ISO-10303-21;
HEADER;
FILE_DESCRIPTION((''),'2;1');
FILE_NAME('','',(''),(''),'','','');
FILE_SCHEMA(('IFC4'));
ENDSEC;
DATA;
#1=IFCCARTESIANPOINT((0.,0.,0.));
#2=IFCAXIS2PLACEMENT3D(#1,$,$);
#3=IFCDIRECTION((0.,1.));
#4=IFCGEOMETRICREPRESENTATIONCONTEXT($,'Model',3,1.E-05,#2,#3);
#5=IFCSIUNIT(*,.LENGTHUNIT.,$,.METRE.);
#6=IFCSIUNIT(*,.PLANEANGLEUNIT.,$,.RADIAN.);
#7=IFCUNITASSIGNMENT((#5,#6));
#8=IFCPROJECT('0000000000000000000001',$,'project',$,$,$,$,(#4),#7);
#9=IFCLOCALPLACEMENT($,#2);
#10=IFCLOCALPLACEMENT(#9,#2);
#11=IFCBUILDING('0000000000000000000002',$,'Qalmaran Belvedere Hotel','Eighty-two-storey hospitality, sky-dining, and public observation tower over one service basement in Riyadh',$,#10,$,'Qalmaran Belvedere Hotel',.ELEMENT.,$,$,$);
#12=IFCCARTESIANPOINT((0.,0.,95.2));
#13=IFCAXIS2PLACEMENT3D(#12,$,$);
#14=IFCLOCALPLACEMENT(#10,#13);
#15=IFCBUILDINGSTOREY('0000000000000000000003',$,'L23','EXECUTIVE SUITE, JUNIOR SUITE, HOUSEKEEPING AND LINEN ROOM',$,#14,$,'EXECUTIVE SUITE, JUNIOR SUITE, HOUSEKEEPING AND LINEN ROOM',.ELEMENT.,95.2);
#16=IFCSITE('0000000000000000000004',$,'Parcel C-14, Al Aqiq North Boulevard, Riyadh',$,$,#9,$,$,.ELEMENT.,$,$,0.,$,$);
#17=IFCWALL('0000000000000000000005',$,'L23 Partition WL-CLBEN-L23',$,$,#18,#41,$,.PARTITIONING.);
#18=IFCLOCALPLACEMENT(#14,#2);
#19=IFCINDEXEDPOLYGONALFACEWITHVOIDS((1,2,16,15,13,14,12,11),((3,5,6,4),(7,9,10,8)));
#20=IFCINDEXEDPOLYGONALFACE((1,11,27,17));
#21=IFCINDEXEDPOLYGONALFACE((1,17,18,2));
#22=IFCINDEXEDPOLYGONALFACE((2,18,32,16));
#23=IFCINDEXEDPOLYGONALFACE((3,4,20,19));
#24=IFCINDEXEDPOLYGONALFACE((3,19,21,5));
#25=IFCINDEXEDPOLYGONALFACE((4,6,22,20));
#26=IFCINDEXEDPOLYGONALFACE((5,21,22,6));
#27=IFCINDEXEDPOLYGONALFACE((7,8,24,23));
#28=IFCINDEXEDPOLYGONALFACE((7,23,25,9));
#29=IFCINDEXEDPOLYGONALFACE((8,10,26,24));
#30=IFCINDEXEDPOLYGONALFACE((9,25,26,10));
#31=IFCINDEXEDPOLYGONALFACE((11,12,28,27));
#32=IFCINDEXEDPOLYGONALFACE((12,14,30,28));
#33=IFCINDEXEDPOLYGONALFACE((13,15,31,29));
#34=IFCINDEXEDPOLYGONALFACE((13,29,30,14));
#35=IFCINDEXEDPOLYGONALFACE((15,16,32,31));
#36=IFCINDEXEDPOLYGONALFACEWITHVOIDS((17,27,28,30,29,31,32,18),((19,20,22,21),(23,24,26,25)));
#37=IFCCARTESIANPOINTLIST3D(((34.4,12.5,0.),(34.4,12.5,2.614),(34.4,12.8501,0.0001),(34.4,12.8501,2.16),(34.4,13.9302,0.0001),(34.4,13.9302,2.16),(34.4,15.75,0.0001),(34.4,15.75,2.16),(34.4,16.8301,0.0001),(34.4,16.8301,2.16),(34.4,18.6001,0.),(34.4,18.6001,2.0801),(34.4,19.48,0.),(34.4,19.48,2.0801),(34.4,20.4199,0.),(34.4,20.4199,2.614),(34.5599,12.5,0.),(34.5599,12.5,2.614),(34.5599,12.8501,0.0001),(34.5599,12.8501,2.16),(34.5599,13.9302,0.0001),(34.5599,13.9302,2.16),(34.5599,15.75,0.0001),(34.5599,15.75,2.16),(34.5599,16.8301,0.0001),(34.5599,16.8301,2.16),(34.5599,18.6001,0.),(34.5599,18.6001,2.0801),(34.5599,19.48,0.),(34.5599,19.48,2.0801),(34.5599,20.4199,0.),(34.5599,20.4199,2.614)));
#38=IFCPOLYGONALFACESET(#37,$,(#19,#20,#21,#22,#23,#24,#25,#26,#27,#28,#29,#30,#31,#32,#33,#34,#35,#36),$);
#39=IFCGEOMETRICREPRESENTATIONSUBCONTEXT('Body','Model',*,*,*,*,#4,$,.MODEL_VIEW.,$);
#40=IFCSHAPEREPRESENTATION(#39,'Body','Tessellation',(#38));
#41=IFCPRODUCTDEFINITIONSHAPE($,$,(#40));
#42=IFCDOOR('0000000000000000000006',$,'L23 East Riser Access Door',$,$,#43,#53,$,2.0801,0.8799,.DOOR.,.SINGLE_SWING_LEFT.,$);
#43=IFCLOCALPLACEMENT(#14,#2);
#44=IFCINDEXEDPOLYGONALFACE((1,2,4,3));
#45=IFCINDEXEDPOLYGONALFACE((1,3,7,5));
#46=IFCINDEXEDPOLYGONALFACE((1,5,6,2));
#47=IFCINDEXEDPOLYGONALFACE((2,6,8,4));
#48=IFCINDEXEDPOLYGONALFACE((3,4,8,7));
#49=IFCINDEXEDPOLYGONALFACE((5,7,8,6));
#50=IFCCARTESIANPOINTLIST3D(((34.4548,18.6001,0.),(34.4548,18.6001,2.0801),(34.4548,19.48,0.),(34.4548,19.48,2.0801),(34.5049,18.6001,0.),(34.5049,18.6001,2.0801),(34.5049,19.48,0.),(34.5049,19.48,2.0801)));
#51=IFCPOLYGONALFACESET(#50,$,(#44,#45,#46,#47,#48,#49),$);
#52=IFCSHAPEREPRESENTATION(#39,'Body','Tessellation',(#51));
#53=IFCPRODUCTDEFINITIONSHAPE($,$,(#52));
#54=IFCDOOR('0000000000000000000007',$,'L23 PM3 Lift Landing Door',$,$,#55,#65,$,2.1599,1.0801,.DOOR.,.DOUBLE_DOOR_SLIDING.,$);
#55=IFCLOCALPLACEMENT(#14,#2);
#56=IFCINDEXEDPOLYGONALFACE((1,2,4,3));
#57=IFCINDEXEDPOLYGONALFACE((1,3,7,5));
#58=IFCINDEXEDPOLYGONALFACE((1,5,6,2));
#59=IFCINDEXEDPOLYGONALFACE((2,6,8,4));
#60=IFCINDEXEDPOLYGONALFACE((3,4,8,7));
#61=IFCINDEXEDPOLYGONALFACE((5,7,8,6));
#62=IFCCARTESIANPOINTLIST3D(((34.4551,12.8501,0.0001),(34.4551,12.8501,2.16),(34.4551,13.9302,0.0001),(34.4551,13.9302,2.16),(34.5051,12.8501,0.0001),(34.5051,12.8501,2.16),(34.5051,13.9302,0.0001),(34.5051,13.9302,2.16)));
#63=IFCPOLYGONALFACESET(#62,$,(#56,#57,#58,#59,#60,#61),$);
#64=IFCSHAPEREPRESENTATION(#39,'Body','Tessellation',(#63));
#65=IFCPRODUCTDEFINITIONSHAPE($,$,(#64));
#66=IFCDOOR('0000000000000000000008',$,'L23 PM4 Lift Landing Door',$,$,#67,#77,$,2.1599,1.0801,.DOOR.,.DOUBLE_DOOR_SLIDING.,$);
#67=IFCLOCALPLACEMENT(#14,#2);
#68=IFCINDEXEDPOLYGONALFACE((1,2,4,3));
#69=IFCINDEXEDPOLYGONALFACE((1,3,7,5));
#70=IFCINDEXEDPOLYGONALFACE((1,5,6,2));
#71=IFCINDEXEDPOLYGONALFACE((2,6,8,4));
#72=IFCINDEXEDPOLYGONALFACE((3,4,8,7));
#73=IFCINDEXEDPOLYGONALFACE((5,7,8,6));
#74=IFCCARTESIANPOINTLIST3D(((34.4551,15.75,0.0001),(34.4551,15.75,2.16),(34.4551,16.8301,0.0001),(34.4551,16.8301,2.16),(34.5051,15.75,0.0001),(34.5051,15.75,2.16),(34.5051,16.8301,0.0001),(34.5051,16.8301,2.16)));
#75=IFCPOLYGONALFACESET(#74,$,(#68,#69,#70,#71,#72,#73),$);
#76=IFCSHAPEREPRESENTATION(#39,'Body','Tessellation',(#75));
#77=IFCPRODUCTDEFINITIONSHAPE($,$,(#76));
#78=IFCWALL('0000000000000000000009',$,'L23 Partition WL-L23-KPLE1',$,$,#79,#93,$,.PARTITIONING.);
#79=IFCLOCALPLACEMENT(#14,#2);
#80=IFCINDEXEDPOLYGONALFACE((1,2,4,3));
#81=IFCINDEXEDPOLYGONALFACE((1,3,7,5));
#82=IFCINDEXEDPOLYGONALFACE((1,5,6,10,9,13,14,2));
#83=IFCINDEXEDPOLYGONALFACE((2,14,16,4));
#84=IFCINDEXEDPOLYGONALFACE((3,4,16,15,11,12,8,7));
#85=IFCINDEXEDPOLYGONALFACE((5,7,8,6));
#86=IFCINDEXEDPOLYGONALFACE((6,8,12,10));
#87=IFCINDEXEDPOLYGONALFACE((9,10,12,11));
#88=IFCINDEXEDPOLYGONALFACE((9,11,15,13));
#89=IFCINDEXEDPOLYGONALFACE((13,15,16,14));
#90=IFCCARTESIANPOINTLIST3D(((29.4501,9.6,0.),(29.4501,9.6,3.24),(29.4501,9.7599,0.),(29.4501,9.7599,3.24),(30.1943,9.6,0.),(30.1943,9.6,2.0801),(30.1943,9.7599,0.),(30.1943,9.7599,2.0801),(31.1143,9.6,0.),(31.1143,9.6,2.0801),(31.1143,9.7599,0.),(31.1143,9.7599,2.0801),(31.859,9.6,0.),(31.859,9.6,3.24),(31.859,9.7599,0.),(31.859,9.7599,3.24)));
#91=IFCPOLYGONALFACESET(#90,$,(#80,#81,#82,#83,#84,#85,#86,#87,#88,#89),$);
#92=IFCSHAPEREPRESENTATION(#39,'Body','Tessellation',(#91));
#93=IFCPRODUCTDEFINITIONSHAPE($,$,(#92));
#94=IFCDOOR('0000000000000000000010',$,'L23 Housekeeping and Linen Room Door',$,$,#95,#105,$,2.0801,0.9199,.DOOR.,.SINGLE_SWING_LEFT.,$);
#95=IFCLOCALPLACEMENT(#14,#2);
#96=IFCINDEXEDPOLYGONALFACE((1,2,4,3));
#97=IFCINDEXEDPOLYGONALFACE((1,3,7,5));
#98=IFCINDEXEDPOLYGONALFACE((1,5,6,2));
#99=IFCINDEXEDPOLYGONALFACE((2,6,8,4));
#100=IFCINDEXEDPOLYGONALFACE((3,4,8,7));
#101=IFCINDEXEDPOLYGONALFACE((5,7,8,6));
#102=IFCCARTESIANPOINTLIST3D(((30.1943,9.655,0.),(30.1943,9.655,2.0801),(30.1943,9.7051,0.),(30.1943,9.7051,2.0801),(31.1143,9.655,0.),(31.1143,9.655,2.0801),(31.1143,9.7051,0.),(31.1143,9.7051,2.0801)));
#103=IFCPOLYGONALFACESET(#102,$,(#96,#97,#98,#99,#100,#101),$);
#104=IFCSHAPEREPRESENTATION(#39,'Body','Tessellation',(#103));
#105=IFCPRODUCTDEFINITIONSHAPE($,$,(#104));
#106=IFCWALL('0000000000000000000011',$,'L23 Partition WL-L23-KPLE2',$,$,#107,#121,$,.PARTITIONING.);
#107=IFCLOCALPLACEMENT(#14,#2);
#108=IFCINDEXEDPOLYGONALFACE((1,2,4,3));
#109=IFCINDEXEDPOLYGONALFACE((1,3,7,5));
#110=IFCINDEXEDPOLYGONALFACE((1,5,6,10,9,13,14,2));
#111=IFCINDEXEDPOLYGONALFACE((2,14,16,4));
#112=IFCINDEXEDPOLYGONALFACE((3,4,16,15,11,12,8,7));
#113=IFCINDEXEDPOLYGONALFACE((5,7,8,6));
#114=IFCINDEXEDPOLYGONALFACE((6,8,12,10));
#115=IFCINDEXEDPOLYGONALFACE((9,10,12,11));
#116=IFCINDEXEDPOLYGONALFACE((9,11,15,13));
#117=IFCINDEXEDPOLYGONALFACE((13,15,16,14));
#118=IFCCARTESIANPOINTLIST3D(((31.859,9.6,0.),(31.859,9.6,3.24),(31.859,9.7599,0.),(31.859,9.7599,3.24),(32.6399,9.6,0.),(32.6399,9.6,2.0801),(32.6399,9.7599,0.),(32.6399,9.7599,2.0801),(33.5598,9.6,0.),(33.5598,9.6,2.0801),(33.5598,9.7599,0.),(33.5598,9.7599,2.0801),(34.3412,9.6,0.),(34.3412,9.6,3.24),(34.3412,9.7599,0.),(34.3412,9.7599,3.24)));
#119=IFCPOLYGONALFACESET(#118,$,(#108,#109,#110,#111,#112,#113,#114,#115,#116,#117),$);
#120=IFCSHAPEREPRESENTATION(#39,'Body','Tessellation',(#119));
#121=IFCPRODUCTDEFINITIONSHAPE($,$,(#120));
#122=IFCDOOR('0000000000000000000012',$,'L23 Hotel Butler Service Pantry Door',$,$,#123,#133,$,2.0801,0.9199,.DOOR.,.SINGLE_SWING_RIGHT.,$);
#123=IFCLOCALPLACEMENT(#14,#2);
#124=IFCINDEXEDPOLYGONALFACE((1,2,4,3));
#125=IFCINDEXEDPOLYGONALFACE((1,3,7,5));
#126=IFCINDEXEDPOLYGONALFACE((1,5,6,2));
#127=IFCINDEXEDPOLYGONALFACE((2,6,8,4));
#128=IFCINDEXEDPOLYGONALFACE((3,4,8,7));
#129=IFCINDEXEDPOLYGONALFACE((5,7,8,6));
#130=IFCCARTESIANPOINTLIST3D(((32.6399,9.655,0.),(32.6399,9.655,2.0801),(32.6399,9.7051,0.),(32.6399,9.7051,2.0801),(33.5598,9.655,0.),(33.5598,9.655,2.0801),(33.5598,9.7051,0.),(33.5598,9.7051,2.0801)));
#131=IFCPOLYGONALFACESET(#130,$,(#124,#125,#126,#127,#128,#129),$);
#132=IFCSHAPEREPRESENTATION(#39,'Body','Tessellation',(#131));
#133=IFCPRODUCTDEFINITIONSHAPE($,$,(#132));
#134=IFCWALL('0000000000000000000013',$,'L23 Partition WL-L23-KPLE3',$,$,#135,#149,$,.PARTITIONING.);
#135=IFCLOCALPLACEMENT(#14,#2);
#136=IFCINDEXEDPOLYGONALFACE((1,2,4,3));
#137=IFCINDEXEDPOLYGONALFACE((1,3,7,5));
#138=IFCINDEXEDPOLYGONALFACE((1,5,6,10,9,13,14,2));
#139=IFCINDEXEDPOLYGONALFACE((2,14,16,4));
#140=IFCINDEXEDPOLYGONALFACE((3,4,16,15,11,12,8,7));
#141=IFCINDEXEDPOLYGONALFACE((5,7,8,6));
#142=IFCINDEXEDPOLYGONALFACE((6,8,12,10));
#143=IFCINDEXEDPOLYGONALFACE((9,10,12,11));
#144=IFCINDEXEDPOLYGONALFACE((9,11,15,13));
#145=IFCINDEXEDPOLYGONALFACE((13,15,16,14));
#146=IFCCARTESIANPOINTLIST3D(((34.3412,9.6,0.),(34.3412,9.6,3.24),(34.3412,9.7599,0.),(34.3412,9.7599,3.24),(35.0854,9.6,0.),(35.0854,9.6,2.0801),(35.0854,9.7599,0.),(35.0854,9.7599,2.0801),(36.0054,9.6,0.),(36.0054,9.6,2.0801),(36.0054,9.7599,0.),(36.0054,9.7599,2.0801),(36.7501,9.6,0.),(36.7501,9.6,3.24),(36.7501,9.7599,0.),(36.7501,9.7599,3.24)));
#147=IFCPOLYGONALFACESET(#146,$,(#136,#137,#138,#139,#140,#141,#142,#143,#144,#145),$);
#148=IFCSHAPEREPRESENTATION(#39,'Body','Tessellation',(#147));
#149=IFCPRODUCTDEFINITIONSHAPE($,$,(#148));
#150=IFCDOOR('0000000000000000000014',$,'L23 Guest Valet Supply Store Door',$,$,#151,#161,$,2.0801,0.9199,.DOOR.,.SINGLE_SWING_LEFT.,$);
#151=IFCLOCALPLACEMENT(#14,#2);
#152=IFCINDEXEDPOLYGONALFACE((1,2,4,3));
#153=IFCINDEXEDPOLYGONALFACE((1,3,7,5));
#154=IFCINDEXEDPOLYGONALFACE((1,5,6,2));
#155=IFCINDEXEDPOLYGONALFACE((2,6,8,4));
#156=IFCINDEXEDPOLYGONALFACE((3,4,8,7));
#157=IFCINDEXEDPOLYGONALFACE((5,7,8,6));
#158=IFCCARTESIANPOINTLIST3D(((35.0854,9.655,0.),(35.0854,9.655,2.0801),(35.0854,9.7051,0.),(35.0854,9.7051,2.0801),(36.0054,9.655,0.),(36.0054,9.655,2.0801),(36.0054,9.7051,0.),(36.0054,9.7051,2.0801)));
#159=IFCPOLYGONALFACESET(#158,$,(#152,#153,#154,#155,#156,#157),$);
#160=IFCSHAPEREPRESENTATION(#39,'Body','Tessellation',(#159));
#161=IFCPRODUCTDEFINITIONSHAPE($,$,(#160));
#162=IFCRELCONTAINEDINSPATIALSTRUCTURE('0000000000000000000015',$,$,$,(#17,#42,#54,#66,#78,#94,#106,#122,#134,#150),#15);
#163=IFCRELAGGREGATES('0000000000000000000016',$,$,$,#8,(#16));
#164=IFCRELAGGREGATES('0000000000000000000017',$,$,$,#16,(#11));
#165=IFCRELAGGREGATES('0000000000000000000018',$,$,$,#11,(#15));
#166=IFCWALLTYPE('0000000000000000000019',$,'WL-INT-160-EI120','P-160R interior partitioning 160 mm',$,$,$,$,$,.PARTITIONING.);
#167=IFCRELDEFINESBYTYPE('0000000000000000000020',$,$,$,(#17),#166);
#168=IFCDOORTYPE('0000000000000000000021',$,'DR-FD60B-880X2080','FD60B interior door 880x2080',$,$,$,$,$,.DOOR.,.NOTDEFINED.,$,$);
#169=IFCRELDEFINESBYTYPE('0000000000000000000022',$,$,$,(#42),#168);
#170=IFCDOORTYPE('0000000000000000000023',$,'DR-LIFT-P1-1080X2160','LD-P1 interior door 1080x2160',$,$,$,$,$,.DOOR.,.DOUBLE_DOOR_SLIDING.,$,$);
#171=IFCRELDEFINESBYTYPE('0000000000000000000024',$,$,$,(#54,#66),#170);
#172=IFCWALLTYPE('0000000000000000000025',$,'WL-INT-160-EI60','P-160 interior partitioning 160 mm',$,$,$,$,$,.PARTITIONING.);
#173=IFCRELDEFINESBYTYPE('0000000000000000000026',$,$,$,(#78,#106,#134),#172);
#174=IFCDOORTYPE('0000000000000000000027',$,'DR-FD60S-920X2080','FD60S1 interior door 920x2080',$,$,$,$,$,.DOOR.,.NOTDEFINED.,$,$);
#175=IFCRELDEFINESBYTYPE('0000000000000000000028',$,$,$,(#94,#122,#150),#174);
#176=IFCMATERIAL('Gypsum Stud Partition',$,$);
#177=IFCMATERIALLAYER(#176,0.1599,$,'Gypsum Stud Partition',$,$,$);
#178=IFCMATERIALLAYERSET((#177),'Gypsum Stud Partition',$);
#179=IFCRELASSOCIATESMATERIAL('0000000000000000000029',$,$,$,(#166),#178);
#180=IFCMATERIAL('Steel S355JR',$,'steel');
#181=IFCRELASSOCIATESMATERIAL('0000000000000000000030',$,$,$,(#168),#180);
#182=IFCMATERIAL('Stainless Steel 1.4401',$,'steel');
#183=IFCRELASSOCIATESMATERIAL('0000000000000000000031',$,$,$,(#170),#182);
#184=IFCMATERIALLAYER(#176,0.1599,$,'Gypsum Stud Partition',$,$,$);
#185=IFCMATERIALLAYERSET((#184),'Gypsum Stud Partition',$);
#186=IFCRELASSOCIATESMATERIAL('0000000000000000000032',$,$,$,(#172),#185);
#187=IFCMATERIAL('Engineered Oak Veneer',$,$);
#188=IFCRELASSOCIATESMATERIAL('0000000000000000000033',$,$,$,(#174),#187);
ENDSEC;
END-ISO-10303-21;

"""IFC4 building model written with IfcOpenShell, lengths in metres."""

from ifc_helpers import new_model, si_unit, direction, frame, frame_2d, origin, place, context, subcontext, project, spatial, rectangle, extrude, material, layer, layer_set, type_object, element, fill, save


model = new_model("IFC4")

# Units and contexts
model_context = context("Model", 3, precision=1e-05, world=origin(), true_north=direction((0.0, 1.0)))
body_context = subcontext(model_context, "Body", "Model", "MODEL_VIEW")
ifc_project = project(units=[si_unit("LENGTHUNIT", "METRE"), si_unit("PLANEANGLEUNIT", "RADIAN")], contexts=[model_context])

# Site, building, storey
site_placement = place(None, origin())
site = spatial("IfcSite", under=ifc_project, at=site_placement, Name="Parcel C-14, Al Aqiq North Boulevard, Riyadh", CompositionType="ELEMENT", RefElevation=0.0)
building_placement = place(site_placement, origin())
building = spatial("IfcBuilding", under=site, at=building_placement, Name="Qalmaran Belvedere Hotel", Description="Eighty-two-storey hospitality, sky-dining, and public observation tower over one service basement in Riyadh", LongName="Qalmaran Belvedere Hotel", CompositionType="ELEMENT")
storey_placement = place(building_placement, frame((0.0, 0.0, 95.2)))
storey = spatial("IfcBuildingStorey", under=building, at=storey_placement, Name="L23", Description="EXECUTIVE SUITE, JUNIOR SUITE, HOUSEKEEPING AND LINEN ROOM", LongName="EXECUTIVE SUITE, JUNIOR SUITE, HOUSEKEEPING AND LINEN ROOM", CompositionType="ELEMENT", Elevation=95.2)

# Shared definitions
ifc_material_1 = material(Name="Steel S355JR", Category="steel")

# Shared definitions
ifc_material_2 = material(Name="Gypsum Stud Partition")

# Wall, openings, doors
ifc_layer_1 = layer(ifc_material_2, 0.1599, Name="Gypsum Stud Partition")
ifc_layer_set_1 = layer_set([ifc_layer_1], Name="Gypsum Stud Partition")
wall_type_1 = type_object("IfcWallType", Name="WL-INT-160-EI120", Description="P-160R interior partitioning 160 mm", PredefinedType="PARTITIONING", material=ifc_layer_set_1)
door_type_1 = type_object("IfcDoorType", Name="DR-FD60B-880X2080", Description="FD60B interior door 880x2080", OperationType="NOTDEFINED", PredefinedType="DOOR", material=ifc_material_1)
ifc_material_3 = material(Name="Stainless Steel 1.4401", Category="steel")
door_type_2 = type_object("IfcDoorType", Name="DR-LIFT-P1-1080X2160", Description="LD-P1 interior door 1080x2160", OperationType="DOUBLE_DOOR_SLIDING", PredefinedType="DOOR", material=ifc_material_3)
wall_1_placement = place(storey_placement, frame((34.48, 12.5, 0.0), z_axis=(0.0, 0.0, 1.0), x_axis=(0.0, 1.0, 0.0)))
wall_1 = element("IfcWall", 1, at=wall_1_placement, inside=storey, type_object=wall_type_1, Name="L23 Partition WL-CLBEN-L23", PredefinedType="PARTITIONING", context=body_context, shape_type="SweptSolid", body=[
    extrude(rectangle(XDim=7.9199, YDim=0.1599, at=frame_2d((3.96, 0.0))), origin(), (0.0, 0.0, 1.0), 2.614),
])
opening_1_placement = place(wall_1_placement, frame((0.3501, 0.0, 0.0)))
opening_1 = element("IfcOpeningElement", 2, at=opening_1_placement, cuts=wall_1, PredefinedType="OPENING", context=body_context, shape_type="SweptSolid", body=[
    extrude(rectangle(XDim=1.0801, YDim=2.1599, at=frame_2d((0.54, 1.0801))), frame((0.0, 0.0898, 0.0), z_axis=(0.0, -1.0, 0.0), x_axis=(1.0, 0.0, 0.0)), (0.0, 0.0, 1.0), 0.1799),
])
opening_2_placement = place(wall_1_placement, frame((3.25, 0.0, 0.0)))
opening_2 = element("IfcOpeningElement", 3, at=opening_2_placement, cuts=wall_1, PredefinedType="OPENING", context=body_context, shape_type="SweptSolid", body=[
    extrude(rectangle(XDim=1.0801, YDim=2.1599, at=frame_2d((0.54, 1.0801))), frame((0.0, 0.0898, 0.0), z_axis=(0.0, -1.0, 0.0), x_axis=(1.0, 0.0, 0.0)), (0.0, 0.0, 1.0), 0.1799),
])
opening_3_placement = place(wall_1_placement, frame((6.98, 0.0, 0.0), z_axis=(0.0, 0.0, 1.0), x_axis=(-1.0, 0.0, 0.0)))
opening_3 = element("IfcOpeningElement", 4, at=opening_3_placement, cuts=wall_1, PredefinedType="OPENING", context=body_context, shape_type="SweptSolid", body=[
    extrude(rectangle(XDim=0.8799, YDim=2.0801, at=frame_2d((0.4399, 1.04))), frame((0.0, 0.0898, 0.0), z_axis=(0.0, -1.0, 0.0), x_axis=(1.0, 0.0, 0.0)), (0.0, 0.0, 1.0), 0.1799),
])
door_1_placement = place(opening_3_placement, origin())
door_1 = element("IfcDoor", 5, at=door_1_placement, inside=storey, type_object=door_type_1, Name="L23 East Riser Access Door", OperationType="SINGLE_SWING_LEFT", OverallHeight=2.0801, OverallWidth=0.8799, PredefinedType="DOOR", context=body_context, shape_type="SweptSolid", body=[
    extrude(rectangle(XDim=0.8799, YDim=2.0801, at=frame_2d((0.4399, 1.04))), frame((0.0, 0.0249, 0.0), z_axis=(0.0, -1.0, 0.0), x_axis=(1.0, 0.0, 0.0)), (0.0, 0.0, 1.0), 0.05),
])
fill(opening_3, door_1)
door_2_placement = place(opening_1_placement, origin())
door_2 = element("IfcDoor", 6, at=door_2_placement, inside=storey, type_object=door_type_2, Name="L23 PM3 Lift Landing Door", OperationType="DOUBLE_DOOR_SLIDING", OverallHeight=2.1599, OverallWidth=1.0801, PredefinedType="DOOR", context=body_context, shape_type="SweptSolid", body=[
    extrude(rectangle(XDim=1.0801, YDim=2.1599, at=frame_2d((0.54, 1.0801))), frame((0.0, 0.0249, 0.0), z_axis=(0.0, -1.0, 0.0), x_axis=(1.0, 0.0, 0.0)), (0.0, 0.0, 1.0), 0.05),
])
fill(opening_1, door_2)
door_3_placement = place(opening_2_placement, origin())
door_3 = element("IfcDoor", 7, at=door_3_placement, inside=storey, type_object=door_type_2, Name="L23 PM4 Lift Landing Door", OperationType="DOUBLE_DOOR_SLIDING", OverallHeight=2.1599, OverallWidth=1.0801, PredefinedType="DOOR", context=body_context, shape_type="SweptSolid", body=[
    extrude(rectangle(XDim=1.0801, YDim=2.1599, at=frame_2d((0.54, 1.0801))), frame((0.0, 0.0249, 0.0), z_axis=(0.0, -1.0, 0.0), x_axis=(1.0, 0.0, 0.0)), (0.0, 0.0, 1.0), 0.05),
])
fill(opening_2, door_3)

# Walls, openings, doors
ifc_layer_2 = layer(ifc_material_2, 0.1599, Name="Gypsum Stud Partition")
ifc_layer_set_2 = layer_set([ifc_layer_2], Name="Gypsum Stud Partition")
wall_type_2 = type_object("IfcWallType", Name="WL-INT-160-EI60", Description="P-160 interior partitioning 160 mm", PredefinedType="PARTITIONING", material=ifc_layer_set_2)
wall_2_placement = place(storey_placement, frame((29.45, 9.6799, 0.0), z_axis=(0.0, 0.0, 1.0), x_axis=(1.0, 0.0, 0.0)))
wall_2 = element("IfcWall", 8, at=wall_2_placement, inside=storey, type_object=wall_type_2, Name="L23 Partition WL-L23-KPLE1", PredefinedType="PARTITIONING", context=body_context, shape_type="SweptSolid", body=[
    extrude(rectangle(XDim=2.4089, YDim=0.1599, at=frame_2d((1.2046, 0.0))), origin(), (0.0, 0.0, 1.0), 3.24),
])
opening_4_placement = place(wall_2_placement, frame((1.6643, 0.0, 0.0), z_axis=(0.0, 0.0, 1.0), x_axis=(-1.0, 0.0, 0.0)))
opening_4 = element("IfcOpeningElement", 9, at=opening_4_placement, cuts=wall_2, PredefinedType="OPENING", context=body_context, shape_type="SweptSolid", body=[
    extrude(rectangle(XDim=0.9199, YDim=2.0801, at=frame_2d((0.46, 1.04))), frame((0.0, 0.0898, 0.0), z_axis=(0.0, -1.0, 0.0), x_axis=(1.0, 0.0, 0.0)), (0.0, 0.0, 1.0), 0.1799),
])
ifc_material_4 = material(Name="Engineered Oak Veneer")
door_type_3 = type_object("IfcDoorType", Name="DR-FD60S-920X2080", Description="FD60S1 interior door 920x2080", OperationType="NOTDEFINED", PredefinedType="DOOR", material=ifc_material_4)
door_4_placement = place(opening_4_placement, origin())
door_4 = element("IfcDoor", 10, at=door_4_placement, inside=storey, type_object=door_type_3, Name="L23 Housekeeping and Linen Room Door", OperationType="SINGLE_SWING_LEFT", OverallHeight=2.0801, OverallWidth=0.9199, PredefinedType="DOOR", context=body_context, shape_type="SweptSolid", body=[
    extrude(rectangle(XDim=0.9199, YDim=2.0801, at=frame_2d((0.46, 1.04))), frame((0.0, 0.0249, 0.0), z_axis=(0.0, -1.0, 0.0), x_axis=(1.0, 0.0, 0.0)), (0.0, 0.0, 1.0), 0.05),
])
fill(opening_4, door_4)
wall_3_placement = place(storey_placement, frame((31.8589, 9.6799, 0.0), z_axis=(0.0, 0.0, 1.0), x_axis=(1.0, 0.0, 0.0)))
wall_3 = element("IfcWall", 11, at=wall_3_placement, inside=storey, type_object=wall_type_2, Name="L23 Partition WL-L23-KPLE2", PredefinedType="PARTITIONING", context=body_context, shape_type="SweptSolid", body=[
    extrude(rectangle(XDim=2.4822, YDim=0.1599, at=frame_2d((1.2412, 0.0))), origin(), (0.0, 0.0, 1.0), 3.24),
])
opening_5_placement = place(wall_3_placement, frame((1.7009, 0.0, 0.0), z_axis=(0.0, 0.0, 1.0), x_axis=(-1.0, 0.0, 0.0)))
opening_5 = element("IfcOpeningElement", 12, at=opening_5_placement, cuts=wall_3, PredefinedType="OPENING", context=body_context, shape_type="SweptSolid", body=[
    extrude(rectangle(XDim=0.9199, YDim=2.0801, at=frame_2d((0.46, 1.04))), frame((0.0, 0.0898, 0.0), z_axis=(0.0, -1.0, 0.0), x_axis=(1.0, 0.0, 0.0)), (0.0, 0.0, 1.0), 0.1799),
])
door_5_placement = place(opening_5_placement, origin())
door_5 = element("IfcDoor", 13, at=door_5_placement, inside=storey, type_object=door_type_3, Name="L23 Hotel Butler Service Pantry Door", OperationType="SINGLE_SWING_RIGHT", OverallHeight=2.0801, OverallWidth=0.9199, PredefinedType="DOOR", context=body_context, shape_type="SweptSolid", body=[
    extrude(rectangle(XDim=0.9199, YDim=2.0801, at=frame_2d((0.46, 1.04))), frame((0.0, 0.0249, 0.0), z_axis=(0.0, -1.0, 0.0), x_axis=(1.0, 0.0, 0.0)), (0.0, 0.0, 1.0), 0.05),
])
fill(opening_5, door_5)
wall_4_placement = place(storey_placement, frame((34.3411, 9.6799, 0.0), z_axis=(0.0, 0.0, 1.0), x_axis=(1.0, 0.0, 0.0)))
wall_4 = element("IfcWall", 14, at=wall_4_placement, inside=storey, type_object=wall_type_2, Name="L23 Partition WL-L23-KPLE3", PredefinedType="PARTITIONING", context=body_context, shape_type="SweptSolid", body=[
    extrude(rectangle(XDim=2.4089, YDim=0.1599, at=frame_2d((1.2046, 0.0))), origin(), (0.0, 0.0, 1.0), 3.24),
])
opening_6_placement = place(wall_4_placement, frame((1.6643, 0.0, 0.0), z_axis=(0.0, 0.0, 1.0), x_axis=(-1.0, 0.0, 0.0)))
opening_6 = element("IfcOpeningElement", 15, at=opening_6_placement, cuts=wall_4, PredefinedType="OPENING", context=body_context, shape_type="SweptSolid", body=[
    extrude(rectangle(XDim=0.9199, YDim=2.0801, at=frame_2d((0.46, 1.04))), frame((0.0, 0.0898, 0.0), z_axis=(0.0, -1.0, 0.0), x_axis=(1.0, 0.0, 0.0)), (0.0, 0.0, 1.0), 0.1799),
])
door_6_placement = place(opening_6_placement, origin())
door_6 = element("IfcDoor", 16, at=door_6_placement, inside=storey, type_object=door_type_3, Name="L23 Guest Valet Supply Store Door", OperationType="SINGLE_SWING_LEFT", OverallHeight=2.0801, OverallWidth=0.9199, PredefinedType="DOOR", context=body_context, shape_type="SweptSolid", body=[
    extrude(rectangle(XDim=0.9199, YDim=2.0801, at=frame_2d((0.46, 1.04))), frame((0.0, 0.0249, 0.0), z_axis=(0.0, -1.0, 0.0), x_axis=(1.0, 0.0, 0.0)), (0.0, 0.0, 1.0), 0.05),
])
fill(opening_6, door_6)

save(model, "model.ifc")
